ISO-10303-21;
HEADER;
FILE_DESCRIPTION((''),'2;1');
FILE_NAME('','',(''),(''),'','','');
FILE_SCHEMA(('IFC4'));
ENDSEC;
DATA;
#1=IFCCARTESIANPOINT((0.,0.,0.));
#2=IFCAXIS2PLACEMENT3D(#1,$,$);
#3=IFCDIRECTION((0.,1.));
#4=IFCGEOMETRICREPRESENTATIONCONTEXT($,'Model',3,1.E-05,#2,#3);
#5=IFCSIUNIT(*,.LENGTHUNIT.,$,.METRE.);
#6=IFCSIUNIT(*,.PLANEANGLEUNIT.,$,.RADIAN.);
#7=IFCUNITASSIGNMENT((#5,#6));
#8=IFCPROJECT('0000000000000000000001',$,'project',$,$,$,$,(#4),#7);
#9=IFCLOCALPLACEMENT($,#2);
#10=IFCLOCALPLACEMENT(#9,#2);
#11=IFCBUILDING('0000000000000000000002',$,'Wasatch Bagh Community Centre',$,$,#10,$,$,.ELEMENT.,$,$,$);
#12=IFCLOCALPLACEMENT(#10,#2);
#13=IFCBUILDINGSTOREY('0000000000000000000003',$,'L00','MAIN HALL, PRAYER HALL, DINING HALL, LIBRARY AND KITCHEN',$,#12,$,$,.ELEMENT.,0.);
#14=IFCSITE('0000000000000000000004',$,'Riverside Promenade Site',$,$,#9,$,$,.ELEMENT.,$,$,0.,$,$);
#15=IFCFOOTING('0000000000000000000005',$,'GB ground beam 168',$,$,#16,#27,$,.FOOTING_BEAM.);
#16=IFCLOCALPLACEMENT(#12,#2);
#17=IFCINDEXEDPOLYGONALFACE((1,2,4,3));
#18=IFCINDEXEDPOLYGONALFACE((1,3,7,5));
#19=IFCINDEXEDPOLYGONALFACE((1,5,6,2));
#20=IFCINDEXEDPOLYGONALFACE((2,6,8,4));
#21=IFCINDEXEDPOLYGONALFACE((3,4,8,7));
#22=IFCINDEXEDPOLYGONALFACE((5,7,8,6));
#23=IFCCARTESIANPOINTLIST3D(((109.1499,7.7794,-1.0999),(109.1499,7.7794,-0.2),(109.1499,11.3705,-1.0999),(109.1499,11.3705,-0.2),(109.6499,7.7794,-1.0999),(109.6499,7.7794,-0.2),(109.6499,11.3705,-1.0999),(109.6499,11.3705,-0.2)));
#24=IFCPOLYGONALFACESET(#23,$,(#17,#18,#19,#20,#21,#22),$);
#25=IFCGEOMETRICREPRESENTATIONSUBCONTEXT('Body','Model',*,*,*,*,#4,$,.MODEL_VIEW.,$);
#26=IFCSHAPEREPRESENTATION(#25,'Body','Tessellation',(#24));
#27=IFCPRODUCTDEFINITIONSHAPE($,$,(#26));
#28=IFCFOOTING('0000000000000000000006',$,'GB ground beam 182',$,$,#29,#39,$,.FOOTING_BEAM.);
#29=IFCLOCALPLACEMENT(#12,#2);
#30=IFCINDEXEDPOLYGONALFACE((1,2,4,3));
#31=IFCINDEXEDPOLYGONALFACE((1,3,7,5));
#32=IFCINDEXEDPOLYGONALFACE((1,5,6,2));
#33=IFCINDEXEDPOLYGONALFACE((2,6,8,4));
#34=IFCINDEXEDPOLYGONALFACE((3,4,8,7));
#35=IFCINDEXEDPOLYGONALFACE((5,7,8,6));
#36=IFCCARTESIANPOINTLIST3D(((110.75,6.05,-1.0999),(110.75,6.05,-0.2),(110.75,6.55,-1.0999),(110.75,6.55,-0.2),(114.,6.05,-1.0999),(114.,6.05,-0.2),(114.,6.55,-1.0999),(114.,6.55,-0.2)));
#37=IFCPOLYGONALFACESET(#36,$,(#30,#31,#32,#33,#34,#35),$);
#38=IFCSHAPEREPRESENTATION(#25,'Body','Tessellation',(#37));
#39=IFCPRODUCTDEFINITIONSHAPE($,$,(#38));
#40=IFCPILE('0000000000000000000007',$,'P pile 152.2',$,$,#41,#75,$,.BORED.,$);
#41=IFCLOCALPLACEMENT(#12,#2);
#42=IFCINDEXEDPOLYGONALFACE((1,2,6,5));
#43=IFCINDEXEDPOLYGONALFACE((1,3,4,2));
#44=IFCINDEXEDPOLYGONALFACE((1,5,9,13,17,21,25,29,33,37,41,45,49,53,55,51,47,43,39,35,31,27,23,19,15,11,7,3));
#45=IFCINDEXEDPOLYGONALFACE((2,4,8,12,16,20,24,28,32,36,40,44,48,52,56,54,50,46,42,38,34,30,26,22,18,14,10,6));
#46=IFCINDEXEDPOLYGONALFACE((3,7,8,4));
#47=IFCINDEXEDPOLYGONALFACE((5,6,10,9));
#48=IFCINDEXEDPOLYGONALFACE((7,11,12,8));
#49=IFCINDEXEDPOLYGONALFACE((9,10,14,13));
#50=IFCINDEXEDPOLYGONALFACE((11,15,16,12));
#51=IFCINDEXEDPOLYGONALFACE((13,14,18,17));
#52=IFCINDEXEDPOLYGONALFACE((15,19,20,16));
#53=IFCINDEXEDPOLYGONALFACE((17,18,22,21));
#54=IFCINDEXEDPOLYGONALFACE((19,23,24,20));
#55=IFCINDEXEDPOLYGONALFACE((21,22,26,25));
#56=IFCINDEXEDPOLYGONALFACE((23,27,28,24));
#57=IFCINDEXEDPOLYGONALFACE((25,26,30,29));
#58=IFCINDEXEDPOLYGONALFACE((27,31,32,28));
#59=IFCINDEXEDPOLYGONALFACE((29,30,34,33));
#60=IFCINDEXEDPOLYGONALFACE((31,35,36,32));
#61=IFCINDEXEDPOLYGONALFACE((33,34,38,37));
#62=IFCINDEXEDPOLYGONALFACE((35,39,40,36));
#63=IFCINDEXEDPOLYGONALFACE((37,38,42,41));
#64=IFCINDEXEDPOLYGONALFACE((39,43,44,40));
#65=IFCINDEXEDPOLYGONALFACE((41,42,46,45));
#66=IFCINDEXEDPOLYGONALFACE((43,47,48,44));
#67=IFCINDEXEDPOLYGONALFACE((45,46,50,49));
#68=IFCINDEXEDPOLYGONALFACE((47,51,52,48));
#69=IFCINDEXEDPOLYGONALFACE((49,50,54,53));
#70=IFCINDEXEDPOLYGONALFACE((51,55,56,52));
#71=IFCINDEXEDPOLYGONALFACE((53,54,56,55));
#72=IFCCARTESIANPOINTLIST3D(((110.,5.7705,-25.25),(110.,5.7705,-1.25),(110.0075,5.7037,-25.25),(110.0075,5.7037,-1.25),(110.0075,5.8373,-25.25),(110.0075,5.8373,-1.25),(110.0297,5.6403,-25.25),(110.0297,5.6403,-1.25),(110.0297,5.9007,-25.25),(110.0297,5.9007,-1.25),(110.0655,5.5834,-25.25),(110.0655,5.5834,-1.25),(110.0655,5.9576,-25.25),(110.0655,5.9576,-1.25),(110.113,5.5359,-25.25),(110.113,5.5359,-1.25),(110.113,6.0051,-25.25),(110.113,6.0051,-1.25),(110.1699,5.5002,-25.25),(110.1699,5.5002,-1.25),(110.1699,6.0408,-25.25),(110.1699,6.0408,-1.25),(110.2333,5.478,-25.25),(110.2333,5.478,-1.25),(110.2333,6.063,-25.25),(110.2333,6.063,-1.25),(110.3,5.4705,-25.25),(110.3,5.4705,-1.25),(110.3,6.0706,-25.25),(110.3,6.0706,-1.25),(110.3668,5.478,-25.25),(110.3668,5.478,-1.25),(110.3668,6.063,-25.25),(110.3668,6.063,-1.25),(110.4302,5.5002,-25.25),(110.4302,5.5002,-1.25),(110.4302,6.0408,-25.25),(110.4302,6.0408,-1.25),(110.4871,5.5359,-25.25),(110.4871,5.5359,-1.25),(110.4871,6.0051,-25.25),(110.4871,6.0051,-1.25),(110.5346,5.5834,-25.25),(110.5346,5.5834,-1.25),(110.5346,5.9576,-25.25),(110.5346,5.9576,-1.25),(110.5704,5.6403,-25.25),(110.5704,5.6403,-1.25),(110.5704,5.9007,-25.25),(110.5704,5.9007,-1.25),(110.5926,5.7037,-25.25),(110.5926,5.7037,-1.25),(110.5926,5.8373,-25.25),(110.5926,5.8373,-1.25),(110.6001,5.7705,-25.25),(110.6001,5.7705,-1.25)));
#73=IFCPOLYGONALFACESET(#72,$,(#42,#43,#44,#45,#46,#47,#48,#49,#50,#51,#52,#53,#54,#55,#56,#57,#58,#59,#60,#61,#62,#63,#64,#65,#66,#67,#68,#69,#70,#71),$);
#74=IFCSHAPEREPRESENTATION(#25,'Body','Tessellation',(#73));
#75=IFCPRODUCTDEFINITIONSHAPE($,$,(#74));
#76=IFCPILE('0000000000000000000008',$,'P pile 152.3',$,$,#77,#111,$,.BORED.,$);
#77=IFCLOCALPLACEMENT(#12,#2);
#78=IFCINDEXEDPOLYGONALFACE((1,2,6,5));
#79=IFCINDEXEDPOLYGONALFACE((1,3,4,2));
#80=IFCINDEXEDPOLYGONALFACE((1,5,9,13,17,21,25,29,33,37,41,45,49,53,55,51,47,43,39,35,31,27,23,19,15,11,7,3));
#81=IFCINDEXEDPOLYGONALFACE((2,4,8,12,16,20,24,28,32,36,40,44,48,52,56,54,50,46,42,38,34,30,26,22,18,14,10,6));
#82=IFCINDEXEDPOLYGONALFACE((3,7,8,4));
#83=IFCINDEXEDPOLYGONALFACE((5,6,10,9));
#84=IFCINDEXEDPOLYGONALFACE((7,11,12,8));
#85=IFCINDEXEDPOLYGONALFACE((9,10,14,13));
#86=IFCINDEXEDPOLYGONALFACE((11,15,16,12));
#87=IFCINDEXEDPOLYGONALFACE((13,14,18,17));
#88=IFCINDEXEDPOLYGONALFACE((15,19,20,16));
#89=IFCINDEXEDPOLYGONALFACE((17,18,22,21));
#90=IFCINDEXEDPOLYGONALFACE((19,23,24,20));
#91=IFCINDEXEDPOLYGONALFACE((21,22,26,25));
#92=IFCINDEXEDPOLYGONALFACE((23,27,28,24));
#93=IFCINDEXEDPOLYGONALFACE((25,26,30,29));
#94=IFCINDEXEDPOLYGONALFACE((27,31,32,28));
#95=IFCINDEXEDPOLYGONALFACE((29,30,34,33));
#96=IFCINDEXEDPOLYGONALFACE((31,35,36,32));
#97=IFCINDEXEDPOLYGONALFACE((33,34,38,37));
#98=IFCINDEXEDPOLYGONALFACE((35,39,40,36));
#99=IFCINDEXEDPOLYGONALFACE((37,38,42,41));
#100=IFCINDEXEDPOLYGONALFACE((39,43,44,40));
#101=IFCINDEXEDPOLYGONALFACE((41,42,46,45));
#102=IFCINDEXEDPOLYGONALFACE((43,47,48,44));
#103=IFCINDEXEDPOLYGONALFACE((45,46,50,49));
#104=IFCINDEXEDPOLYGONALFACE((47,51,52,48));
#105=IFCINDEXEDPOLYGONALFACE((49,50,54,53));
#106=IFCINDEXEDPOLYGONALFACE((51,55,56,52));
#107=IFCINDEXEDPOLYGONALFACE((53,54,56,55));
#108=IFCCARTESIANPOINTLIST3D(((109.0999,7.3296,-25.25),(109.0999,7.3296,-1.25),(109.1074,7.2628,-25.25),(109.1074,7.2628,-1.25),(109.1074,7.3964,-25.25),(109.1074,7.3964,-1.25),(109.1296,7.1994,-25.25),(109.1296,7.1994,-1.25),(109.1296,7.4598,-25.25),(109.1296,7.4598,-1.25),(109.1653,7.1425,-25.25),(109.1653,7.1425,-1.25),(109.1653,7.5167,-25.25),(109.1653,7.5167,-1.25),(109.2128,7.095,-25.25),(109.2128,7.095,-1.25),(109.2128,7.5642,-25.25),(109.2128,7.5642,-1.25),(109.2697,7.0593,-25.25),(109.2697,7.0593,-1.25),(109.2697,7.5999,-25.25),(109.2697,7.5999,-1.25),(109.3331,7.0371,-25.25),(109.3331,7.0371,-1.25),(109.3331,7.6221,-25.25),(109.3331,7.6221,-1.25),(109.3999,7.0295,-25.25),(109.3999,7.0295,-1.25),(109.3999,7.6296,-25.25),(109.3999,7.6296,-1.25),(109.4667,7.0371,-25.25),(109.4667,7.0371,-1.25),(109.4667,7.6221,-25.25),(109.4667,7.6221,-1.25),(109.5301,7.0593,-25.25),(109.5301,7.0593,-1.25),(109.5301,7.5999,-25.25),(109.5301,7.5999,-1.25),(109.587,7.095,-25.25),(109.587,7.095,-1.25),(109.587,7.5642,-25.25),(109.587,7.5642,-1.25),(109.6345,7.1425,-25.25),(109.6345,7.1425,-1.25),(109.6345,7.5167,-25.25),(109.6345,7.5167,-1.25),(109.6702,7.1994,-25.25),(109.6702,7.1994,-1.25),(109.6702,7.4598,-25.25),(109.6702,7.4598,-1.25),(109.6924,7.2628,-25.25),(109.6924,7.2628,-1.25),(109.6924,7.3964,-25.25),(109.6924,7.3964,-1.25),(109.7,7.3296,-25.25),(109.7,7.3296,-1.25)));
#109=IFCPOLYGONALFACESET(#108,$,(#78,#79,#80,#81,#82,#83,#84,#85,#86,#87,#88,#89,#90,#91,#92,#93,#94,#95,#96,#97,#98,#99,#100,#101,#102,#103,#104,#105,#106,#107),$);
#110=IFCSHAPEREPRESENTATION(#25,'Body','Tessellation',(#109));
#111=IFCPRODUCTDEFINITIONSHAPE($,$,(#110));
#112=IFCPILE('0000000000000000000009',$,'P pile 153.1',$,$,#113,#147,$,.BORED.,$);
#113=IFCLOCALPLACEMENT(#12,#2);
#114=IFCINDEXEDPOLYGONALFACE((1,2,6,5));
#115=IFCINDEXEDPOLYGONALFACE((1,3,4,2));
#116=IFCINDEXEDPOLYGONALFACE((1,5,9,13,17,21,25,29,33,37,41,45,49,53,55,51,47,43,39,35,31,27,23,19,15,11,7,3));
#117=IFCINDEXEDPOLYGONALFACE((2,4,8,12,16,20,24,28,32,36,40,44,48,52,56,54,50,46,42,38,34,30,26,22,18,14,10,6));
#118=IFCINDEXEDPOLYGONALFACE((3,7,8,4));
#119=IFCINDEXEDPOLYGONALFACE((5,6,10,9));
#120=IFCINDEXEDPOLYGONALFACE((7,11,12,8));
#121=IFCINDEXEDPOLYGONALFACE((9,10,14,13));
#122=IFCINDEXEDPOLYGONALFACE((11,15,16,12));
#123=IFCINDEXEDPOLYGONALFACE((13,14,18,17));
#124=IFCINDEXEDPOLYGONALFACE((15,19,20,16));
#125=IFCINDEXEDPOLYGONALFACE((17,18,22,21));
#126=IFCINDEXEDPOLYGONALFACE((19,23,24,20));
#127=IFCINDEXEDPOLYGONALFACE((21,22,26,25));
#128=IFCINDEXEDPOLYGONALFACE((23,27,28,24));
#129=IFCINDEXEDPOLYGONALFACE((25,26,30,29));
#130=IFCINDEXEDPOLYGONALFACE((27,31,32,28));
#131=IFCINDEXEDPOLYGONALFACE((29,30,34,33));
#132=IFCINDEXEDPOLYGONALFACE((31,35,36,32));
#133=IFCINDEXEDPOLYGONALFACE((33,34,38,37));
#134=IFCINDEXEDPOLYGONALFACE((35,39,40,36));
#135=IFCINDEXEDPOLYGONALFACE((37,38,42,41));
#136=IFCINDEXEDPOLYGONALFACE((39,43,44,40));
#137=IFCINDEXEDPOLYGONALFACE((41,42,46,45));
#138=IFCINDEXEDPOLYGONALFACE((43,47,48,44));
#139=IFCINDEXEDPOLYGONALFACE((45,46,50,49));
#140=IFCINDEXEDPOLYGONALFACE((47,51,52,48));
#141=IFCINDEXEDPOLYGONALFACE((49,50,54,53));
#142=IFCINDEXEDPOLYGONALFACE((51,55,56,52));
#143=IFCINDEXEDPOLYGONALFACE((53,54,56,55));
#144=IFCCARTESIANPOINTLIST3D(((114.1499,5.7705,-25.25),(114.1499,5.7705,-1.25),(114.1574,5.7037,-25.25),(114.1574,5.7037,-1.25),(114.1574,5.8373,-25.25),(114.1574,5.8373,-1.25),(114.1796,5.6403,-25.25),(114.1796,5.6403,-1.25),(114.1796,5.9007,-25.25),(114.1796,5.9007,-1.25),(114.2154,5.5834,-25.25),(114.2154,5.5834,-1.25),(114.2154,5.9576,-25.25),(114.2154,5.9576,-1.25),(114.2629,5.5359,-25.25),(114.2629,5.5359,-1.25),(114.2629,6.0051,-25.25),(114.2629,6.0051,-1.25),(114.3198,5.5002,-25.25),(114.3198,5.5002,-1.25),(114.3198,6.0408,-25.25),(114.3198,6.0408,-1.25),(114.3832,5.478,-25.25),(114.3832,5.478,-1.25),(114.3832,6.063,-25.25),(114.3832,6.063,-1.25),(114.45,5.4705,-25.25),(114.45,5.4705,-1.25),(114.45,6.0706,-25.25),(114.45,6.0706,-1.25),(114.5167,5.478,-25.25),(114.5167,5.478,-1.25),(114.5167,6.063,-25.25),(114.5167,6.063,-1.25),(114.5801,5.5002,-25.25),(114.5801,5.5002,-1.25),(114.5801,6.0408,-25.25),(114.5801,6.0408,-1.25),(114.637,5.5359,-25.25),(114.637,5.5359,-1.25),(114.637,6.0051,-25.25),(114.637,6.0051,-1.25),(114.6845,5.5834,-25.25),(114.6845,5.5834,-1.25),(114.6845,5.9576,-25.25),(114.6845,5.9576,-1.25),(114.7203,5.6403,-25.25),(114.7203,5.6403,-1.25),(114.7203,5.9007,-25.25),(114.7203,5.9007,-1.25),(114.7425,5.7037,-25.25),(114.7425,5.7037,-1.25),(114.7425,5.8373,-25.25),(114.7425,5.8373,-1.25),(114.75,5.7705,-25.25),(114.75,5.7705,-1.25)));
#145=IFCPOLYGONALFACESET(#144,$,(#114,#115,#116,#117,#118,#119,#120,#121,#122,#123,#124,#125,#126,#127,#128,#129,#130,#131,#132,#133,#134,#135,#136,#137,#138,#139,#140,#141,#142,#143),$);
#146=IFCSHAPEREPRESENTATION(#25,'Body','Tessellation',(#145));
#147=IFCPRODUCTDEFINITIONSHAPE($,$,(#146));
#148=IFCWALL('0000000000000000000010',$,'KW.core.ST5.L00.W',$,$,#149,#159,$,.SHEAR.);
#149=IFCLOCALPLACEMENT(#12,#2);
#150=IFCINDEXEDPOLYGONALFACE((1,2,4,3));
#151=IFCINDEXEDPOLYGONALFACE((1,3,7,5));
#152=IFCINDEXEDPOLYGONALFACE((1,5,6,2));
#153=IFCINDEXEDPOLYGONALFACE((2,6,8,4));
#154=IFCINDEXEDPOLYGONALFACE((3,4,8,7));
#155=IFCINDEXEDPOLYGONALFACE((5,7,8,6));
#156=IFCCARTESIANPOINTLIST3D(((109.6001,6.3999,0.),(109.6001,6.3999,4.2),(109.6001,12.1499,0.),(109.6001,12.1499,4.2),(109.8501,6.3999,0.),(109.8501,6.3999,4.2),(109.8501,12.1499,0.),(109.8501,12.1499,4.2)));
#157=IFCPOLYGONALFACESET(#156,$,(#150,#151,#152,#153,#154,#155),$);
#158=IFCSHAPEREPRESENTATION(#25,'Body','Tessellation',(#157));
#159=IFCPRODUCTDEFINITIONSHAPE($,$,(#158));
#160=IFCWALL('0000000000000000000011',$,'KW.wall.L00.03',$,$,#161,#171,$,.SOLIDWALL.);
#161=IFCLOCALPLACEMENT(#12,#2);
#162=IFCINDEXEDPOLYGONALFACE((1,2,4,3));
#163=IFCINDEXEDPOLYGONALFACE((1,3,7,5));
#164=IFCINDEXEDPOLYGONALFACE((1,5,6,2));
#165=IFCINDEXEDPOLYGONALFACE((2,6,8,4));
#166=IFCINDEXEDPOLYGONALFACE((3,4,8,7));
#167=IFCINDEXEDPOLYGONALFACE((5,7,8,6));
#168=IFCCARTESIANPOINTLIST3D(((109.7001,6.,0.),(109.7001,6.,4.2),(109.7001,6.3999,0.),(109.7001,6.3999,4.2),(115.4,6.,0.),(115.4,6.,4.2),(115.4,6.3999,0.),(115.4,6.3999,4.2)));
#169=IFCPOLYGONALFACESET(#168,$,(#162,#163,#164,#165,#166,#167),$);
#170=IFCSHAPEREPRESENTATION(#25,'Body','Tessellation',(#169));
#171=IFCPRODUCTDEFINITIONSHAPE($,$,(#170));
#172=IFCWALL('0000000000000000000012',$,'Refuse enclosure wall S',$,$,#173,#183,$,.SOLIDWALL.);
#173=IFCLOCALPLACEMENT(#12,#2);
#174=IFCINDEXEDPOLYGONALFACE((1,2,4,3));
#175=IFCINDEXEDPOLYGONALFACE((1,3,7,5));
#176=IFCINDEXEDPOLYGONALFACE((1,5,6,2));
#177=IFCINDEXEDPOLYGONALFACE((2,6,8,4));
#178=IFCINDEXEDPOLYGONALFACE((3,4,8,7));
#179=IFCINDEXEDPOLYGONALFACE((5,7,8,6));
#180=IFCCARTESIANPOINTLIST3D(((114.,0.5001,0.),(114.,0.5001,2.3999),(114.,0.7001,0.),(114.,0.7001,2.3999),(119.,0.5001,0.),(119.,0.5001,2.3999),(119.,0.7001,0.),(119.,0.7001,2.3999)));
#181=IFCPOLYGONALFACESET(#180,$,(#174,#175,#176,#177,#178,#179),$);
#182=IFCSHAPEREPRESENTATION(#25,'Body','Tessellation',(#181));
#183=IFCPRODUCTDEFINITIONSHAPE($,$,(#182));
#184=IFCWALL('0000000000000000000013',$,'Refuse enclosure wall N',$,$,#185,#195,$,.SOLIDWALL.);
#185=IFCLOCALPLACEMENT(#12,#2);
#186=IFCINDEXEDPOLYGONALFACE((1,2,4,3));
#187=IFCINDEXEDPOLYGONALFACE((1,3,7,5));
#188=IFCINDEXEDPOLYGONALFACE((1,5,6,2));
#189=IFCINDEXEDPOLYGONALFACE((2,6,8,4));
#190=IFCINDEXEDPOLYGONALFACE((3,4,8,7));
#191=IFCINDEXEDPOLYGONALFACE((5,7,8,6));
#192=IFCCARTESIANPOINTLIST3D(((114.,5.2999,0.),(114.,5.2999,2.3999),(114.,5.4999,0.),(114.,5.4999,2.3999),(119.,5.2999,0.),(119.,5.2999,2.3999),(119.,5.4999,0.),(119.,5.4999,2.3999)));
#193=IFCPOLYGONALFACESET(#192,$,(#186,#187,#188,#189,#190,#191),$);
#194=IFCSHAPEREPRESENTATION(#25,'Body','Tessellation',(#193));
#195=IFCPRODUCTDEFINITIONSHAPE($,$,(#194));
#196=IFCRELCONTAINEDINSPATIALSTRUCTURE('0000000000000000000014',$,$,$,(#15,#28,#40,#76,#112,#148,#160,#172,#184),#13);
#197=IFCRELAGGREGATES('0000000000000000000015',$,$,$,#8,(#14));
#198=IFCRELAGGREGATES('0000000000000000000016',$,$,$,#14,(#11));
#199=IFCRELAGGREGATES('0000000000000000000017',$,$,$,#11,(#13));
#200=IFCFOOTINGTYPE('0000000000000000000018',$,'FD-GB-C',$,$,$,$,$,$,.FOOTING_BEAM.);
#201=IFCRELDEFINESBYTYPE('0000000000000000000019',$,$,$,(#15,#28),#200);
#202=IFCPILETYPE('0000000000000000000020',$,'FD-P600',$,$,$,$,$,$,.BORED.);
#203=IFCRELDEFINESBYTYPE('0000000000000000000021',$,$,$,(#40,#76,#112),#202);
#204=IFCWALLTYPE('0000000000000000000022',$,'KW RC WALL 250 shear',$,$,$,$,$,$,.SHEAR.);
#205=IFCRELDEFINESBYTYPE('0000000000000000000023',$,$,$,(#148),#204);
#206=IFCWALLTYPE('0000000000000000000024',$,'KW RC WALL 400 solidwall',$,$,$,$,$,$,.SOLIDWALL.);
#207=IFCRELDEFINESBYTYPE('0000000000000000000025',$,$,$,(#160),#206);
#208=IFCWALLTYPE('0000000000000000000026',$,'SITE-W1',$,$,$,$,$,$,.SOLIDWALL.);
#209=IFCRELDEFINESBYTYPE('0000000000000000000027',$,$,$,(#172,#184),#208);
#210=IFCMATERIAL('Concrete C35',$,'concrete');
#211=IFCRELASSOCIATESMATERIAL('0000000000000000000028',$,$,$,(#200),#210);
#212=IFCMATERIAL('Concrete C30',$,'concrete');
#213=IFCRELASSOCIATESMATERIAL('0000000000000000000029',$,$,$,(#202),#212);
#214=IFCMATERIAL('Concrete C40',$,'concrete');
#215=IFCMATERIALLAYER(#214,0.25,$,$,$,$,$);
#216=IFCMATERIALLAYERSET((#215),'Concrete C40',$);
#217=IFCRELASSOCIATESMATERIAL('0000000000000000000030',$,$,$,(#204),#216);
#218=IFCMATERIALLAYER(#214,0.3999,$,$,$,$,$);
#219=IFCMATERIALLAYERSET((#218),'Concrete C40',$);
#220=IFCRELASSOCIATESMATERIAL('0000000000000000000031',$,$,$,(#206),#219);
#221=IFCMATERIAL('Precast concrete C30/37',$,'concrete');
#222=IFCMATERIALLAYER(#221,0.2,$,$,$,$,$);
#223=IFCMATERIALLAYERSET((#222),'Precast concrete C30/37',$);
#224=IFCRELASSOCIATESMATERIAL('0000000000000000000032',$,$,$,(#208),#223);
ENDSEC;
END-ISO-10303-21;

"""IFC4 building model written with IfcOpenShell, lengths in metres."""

from ifc_helpers import new_model, si_unit, direction, frame, frame_2d, origin, origin_2d, place, context, subcontext, project, spatial, rectangle, circle, extrude, material, layer, layer_set, material_profile, profile_set, type_object, element, save


model = new_model("IFC4")

# Units and contexts
model_context = context("Model", 3, precision=1e-05, world=origin(), true_north=direction((0.0, 1.0)))
body_context = subcontext(model_context, "Body", "Model", "MODEL_VIEW")
ifc_project = project(units=[si_unit("LENGTHUNIT", "METRE"), si_unit("PLANEANGLEUNIT", "RADIAN")], contexts=[model_context])

# Site, building, storey
site_placement = place(None, origin())
site = spatial("IfcSite", under=ifc_project, at=site_placement, Name="Riverside Promenade Site", CompositionType="ELEMENT", RefElevation=0.0)
building_placement = place(site_placement, origin())
building = spatial("IfcBuilding", under=site, at=building_placement, Name="Wasatch Bagh Community Centre", CompositionType="ELEMENT")
storey_placement = place(building_placement, origin())
storey = spatial("IfcBuildingStorey", under=building, at=storey_placement, Name="L00", Description="MAIN HALL, PRAYER HALL, DINING HALL, LIBRARY AND KITCHEN", CompositionType="ELEMENT", Elevation=0.0)

# Footings
ifc_material_1 = material(Name="Concrete C35", Category="concrete")
footing_type = type_object("IfcFootingType", Name="FD-GB-C", PredefinedType="FOOTING_BEAM", material=ifc_material_1)
footing_1_placement = place(storey_placement, frame((109.3999, 9.575, -1.0999), z_axis=(0.0, 0.0, 1.0), x_axis=(0.0, -1.0, 0.0)))
element("IfcFooting", 1, at=footing_1_placement, inside=storey, type_object=footing_type, Name="GB ground beam 168", PredefinedType="FOOTING_BEAM", context=body_context, shape_type="SweptSolid", body=[
    extrude(rectangle(XDim=3.5911, YDim=0.5, at=origin_2d()), origin(), (0.0, 0.0, 1.0), 0.8999),
])
footing_2_placement = place(storey_placement, frame((112.375, 6.3, -1.0999), z_axis=(0.0, 0.0, 1.0), x_axis=(1.0, 0.0, 0.0)))
element("IfcFooting", 2, at=footing_2_placement, inside=storey, type_object=footing_type, Name="GB ground beam 182", PredefinedType="FOOTING_BEAM", context=body_context, shape_type="SweptSolid", body=[
    extrude(rectangle(XDim=3.25, YDim=0.5, at=origin_2d()), origin(), (0.0, 0.0, 1.0), 0.8999),
])

# Piles
ifc_material_2 = material(Name="Concrete C30", Category="concrete")
ifc_material_profile = material_profile(ifc_material_2, circle(Radius=0.3, at=origin_2d()), Name="RC D600")
ifc_profile_set = profile_set([ifc_material_profile], Name="Concrete C30")
pile_type = type_object("IfcPileType", Name="FD-P600", PredefinedType="BORED", material=ifc_profile_set)
for number, where, z_axis, x_axis, name in (
    (3, (110.3, 5.7705, -1.25), (0.0, 0.0, -1.0), (1.0, 0.0, 0.0), "P pile 152.2"),
    (4, (109.3999, 7.3296, -1.25), (0.0, 0.0, -1.0), (1.0, 0.0, 0.0), "P pile 152.3"),
    (5, (114.45, 5.7705, -1.25), (0.0, 0.0, -1.0), (1.0, 0.0, 0.0), "P pile 153.1"),
):
    element("IfcPile", number, at=place(storey_placement, frame(where, z_axis=z_axis, x_axis=x_axis)), inside=storey, type_object=pile_type, Name=name, PredefinedType="BORED", context=body_context, shape_type="SweptSolid", body=[
        extrude(circle(Radius=0.3, at=origin_2d()), origin(), (0.0, 0.0, 1.0), 24.0),
    ])

# Walls
ifc_material_3 = material(Name="Concrete C40", Category="concrete")
ifc_layer_1 = layer(ifc_material_3, 0.25)
ifc_layer_set_1 = layer_set([ifc_layer_1], Name="Concrete C40")
wall_type_1 = type_object("IfcWallType", Name="KW RC WALL 250 shear", PredefinedType="SHEAR", material=ifc_layer_set_1)
wall_1_placement = place(storey_placement, frame((109.7251, 6.3999, 0.0), z_axis=(0.0, 0.0, 1.0), x_axis=(0.0, 1.0, 0.0)))
element("IfcWall", 6, at=wall_1_placement, inside=storey, type_object=wall_type_1, Name="KW.core.ST5.L00.W", PredefinedType="SHEAR", context=body_context, shape_type="SweptSolid", body=[
    extrude(rectangle(XDim=5.75, YDim=0.25, at=frame_2d((2.875, 0.0))), origin(), (0.0, 0.0, 1.0), 4.2),
])
ifc_layer_2 = layer(ifc_material_3, 0.3999)
ifc_layer_set_2 = layer_set([ifc_layer_2], Name="Concrete C40")
wall_type_2 = type_object("IfcWallType", Name="KW RC WALL 400 solidwall", PredefinedType="SOLIDWALL", material=ifc_layer_set_2)
wall_2_placement = place(storey_placement, frame((109.7, 6.2, 0.0), z_axis=(0.0, 0.0, 1.0), x_axis=(1.0, 0.0, 0.0)))
element("IfcWall", 7, at=wall_2_placement, inside=storey, type_object=wall_type_2, Name="KW.wall.L00.03", PredefinedType="SOLIDWALL", context=body_context, shape_type="SweptSolid", body=[
    extrude(rectangle(XDim=5.7, YDim=0.3999, at=frame_2d((2.8501, 0.0))), origin(), (0.0, 0.0, 1.0), 4.2),
])
ifc_material_4 = material(Name="Precast concrete C30/37", Category="concrete")
ifc_layer_3 = layer(ifc_material_4, 0.2)
ifc_layer_set_3 = layer_set([ifc_layer_3], Name="Precast concrete C30/37")
wall_type_3 = type_object("IfcWallType", Name="SITE-W1", PredefinedType="SOLIDWALL", material=ifc_layer_set_3)
for number, where, z_axis, x_axis, name in (
    (8, (114.0, 0.6001, 0.0), (0.0, 0.0, 1.0), (1.0, 0.0, 0.0), "Refuse enclosure wall S"),
    (9, (114.0, 5.3999, 0.0), (0.0, 0.0, 1.0), (1.0, 0.0, 0.0), "Refuse enclosure wall N"),
):
    element("IfcWall", number, at=place(storey_placement, frame(where, z_axis=z_axis, x_axis=x_axis)), inside=storey, type_object=wall_type_3, Name=name, PredefinedType="SOLIDWALL", context=body_context, shape_type="SweptSolid", body=[
        extrude(rectangle(XDim=5.0, YDim=0.2, at=frame_2d((2.5, 0.0))), origin(), (0.0, 0.0, 1.0), 2.3999),
    ])

save(model, "model.ifc")
